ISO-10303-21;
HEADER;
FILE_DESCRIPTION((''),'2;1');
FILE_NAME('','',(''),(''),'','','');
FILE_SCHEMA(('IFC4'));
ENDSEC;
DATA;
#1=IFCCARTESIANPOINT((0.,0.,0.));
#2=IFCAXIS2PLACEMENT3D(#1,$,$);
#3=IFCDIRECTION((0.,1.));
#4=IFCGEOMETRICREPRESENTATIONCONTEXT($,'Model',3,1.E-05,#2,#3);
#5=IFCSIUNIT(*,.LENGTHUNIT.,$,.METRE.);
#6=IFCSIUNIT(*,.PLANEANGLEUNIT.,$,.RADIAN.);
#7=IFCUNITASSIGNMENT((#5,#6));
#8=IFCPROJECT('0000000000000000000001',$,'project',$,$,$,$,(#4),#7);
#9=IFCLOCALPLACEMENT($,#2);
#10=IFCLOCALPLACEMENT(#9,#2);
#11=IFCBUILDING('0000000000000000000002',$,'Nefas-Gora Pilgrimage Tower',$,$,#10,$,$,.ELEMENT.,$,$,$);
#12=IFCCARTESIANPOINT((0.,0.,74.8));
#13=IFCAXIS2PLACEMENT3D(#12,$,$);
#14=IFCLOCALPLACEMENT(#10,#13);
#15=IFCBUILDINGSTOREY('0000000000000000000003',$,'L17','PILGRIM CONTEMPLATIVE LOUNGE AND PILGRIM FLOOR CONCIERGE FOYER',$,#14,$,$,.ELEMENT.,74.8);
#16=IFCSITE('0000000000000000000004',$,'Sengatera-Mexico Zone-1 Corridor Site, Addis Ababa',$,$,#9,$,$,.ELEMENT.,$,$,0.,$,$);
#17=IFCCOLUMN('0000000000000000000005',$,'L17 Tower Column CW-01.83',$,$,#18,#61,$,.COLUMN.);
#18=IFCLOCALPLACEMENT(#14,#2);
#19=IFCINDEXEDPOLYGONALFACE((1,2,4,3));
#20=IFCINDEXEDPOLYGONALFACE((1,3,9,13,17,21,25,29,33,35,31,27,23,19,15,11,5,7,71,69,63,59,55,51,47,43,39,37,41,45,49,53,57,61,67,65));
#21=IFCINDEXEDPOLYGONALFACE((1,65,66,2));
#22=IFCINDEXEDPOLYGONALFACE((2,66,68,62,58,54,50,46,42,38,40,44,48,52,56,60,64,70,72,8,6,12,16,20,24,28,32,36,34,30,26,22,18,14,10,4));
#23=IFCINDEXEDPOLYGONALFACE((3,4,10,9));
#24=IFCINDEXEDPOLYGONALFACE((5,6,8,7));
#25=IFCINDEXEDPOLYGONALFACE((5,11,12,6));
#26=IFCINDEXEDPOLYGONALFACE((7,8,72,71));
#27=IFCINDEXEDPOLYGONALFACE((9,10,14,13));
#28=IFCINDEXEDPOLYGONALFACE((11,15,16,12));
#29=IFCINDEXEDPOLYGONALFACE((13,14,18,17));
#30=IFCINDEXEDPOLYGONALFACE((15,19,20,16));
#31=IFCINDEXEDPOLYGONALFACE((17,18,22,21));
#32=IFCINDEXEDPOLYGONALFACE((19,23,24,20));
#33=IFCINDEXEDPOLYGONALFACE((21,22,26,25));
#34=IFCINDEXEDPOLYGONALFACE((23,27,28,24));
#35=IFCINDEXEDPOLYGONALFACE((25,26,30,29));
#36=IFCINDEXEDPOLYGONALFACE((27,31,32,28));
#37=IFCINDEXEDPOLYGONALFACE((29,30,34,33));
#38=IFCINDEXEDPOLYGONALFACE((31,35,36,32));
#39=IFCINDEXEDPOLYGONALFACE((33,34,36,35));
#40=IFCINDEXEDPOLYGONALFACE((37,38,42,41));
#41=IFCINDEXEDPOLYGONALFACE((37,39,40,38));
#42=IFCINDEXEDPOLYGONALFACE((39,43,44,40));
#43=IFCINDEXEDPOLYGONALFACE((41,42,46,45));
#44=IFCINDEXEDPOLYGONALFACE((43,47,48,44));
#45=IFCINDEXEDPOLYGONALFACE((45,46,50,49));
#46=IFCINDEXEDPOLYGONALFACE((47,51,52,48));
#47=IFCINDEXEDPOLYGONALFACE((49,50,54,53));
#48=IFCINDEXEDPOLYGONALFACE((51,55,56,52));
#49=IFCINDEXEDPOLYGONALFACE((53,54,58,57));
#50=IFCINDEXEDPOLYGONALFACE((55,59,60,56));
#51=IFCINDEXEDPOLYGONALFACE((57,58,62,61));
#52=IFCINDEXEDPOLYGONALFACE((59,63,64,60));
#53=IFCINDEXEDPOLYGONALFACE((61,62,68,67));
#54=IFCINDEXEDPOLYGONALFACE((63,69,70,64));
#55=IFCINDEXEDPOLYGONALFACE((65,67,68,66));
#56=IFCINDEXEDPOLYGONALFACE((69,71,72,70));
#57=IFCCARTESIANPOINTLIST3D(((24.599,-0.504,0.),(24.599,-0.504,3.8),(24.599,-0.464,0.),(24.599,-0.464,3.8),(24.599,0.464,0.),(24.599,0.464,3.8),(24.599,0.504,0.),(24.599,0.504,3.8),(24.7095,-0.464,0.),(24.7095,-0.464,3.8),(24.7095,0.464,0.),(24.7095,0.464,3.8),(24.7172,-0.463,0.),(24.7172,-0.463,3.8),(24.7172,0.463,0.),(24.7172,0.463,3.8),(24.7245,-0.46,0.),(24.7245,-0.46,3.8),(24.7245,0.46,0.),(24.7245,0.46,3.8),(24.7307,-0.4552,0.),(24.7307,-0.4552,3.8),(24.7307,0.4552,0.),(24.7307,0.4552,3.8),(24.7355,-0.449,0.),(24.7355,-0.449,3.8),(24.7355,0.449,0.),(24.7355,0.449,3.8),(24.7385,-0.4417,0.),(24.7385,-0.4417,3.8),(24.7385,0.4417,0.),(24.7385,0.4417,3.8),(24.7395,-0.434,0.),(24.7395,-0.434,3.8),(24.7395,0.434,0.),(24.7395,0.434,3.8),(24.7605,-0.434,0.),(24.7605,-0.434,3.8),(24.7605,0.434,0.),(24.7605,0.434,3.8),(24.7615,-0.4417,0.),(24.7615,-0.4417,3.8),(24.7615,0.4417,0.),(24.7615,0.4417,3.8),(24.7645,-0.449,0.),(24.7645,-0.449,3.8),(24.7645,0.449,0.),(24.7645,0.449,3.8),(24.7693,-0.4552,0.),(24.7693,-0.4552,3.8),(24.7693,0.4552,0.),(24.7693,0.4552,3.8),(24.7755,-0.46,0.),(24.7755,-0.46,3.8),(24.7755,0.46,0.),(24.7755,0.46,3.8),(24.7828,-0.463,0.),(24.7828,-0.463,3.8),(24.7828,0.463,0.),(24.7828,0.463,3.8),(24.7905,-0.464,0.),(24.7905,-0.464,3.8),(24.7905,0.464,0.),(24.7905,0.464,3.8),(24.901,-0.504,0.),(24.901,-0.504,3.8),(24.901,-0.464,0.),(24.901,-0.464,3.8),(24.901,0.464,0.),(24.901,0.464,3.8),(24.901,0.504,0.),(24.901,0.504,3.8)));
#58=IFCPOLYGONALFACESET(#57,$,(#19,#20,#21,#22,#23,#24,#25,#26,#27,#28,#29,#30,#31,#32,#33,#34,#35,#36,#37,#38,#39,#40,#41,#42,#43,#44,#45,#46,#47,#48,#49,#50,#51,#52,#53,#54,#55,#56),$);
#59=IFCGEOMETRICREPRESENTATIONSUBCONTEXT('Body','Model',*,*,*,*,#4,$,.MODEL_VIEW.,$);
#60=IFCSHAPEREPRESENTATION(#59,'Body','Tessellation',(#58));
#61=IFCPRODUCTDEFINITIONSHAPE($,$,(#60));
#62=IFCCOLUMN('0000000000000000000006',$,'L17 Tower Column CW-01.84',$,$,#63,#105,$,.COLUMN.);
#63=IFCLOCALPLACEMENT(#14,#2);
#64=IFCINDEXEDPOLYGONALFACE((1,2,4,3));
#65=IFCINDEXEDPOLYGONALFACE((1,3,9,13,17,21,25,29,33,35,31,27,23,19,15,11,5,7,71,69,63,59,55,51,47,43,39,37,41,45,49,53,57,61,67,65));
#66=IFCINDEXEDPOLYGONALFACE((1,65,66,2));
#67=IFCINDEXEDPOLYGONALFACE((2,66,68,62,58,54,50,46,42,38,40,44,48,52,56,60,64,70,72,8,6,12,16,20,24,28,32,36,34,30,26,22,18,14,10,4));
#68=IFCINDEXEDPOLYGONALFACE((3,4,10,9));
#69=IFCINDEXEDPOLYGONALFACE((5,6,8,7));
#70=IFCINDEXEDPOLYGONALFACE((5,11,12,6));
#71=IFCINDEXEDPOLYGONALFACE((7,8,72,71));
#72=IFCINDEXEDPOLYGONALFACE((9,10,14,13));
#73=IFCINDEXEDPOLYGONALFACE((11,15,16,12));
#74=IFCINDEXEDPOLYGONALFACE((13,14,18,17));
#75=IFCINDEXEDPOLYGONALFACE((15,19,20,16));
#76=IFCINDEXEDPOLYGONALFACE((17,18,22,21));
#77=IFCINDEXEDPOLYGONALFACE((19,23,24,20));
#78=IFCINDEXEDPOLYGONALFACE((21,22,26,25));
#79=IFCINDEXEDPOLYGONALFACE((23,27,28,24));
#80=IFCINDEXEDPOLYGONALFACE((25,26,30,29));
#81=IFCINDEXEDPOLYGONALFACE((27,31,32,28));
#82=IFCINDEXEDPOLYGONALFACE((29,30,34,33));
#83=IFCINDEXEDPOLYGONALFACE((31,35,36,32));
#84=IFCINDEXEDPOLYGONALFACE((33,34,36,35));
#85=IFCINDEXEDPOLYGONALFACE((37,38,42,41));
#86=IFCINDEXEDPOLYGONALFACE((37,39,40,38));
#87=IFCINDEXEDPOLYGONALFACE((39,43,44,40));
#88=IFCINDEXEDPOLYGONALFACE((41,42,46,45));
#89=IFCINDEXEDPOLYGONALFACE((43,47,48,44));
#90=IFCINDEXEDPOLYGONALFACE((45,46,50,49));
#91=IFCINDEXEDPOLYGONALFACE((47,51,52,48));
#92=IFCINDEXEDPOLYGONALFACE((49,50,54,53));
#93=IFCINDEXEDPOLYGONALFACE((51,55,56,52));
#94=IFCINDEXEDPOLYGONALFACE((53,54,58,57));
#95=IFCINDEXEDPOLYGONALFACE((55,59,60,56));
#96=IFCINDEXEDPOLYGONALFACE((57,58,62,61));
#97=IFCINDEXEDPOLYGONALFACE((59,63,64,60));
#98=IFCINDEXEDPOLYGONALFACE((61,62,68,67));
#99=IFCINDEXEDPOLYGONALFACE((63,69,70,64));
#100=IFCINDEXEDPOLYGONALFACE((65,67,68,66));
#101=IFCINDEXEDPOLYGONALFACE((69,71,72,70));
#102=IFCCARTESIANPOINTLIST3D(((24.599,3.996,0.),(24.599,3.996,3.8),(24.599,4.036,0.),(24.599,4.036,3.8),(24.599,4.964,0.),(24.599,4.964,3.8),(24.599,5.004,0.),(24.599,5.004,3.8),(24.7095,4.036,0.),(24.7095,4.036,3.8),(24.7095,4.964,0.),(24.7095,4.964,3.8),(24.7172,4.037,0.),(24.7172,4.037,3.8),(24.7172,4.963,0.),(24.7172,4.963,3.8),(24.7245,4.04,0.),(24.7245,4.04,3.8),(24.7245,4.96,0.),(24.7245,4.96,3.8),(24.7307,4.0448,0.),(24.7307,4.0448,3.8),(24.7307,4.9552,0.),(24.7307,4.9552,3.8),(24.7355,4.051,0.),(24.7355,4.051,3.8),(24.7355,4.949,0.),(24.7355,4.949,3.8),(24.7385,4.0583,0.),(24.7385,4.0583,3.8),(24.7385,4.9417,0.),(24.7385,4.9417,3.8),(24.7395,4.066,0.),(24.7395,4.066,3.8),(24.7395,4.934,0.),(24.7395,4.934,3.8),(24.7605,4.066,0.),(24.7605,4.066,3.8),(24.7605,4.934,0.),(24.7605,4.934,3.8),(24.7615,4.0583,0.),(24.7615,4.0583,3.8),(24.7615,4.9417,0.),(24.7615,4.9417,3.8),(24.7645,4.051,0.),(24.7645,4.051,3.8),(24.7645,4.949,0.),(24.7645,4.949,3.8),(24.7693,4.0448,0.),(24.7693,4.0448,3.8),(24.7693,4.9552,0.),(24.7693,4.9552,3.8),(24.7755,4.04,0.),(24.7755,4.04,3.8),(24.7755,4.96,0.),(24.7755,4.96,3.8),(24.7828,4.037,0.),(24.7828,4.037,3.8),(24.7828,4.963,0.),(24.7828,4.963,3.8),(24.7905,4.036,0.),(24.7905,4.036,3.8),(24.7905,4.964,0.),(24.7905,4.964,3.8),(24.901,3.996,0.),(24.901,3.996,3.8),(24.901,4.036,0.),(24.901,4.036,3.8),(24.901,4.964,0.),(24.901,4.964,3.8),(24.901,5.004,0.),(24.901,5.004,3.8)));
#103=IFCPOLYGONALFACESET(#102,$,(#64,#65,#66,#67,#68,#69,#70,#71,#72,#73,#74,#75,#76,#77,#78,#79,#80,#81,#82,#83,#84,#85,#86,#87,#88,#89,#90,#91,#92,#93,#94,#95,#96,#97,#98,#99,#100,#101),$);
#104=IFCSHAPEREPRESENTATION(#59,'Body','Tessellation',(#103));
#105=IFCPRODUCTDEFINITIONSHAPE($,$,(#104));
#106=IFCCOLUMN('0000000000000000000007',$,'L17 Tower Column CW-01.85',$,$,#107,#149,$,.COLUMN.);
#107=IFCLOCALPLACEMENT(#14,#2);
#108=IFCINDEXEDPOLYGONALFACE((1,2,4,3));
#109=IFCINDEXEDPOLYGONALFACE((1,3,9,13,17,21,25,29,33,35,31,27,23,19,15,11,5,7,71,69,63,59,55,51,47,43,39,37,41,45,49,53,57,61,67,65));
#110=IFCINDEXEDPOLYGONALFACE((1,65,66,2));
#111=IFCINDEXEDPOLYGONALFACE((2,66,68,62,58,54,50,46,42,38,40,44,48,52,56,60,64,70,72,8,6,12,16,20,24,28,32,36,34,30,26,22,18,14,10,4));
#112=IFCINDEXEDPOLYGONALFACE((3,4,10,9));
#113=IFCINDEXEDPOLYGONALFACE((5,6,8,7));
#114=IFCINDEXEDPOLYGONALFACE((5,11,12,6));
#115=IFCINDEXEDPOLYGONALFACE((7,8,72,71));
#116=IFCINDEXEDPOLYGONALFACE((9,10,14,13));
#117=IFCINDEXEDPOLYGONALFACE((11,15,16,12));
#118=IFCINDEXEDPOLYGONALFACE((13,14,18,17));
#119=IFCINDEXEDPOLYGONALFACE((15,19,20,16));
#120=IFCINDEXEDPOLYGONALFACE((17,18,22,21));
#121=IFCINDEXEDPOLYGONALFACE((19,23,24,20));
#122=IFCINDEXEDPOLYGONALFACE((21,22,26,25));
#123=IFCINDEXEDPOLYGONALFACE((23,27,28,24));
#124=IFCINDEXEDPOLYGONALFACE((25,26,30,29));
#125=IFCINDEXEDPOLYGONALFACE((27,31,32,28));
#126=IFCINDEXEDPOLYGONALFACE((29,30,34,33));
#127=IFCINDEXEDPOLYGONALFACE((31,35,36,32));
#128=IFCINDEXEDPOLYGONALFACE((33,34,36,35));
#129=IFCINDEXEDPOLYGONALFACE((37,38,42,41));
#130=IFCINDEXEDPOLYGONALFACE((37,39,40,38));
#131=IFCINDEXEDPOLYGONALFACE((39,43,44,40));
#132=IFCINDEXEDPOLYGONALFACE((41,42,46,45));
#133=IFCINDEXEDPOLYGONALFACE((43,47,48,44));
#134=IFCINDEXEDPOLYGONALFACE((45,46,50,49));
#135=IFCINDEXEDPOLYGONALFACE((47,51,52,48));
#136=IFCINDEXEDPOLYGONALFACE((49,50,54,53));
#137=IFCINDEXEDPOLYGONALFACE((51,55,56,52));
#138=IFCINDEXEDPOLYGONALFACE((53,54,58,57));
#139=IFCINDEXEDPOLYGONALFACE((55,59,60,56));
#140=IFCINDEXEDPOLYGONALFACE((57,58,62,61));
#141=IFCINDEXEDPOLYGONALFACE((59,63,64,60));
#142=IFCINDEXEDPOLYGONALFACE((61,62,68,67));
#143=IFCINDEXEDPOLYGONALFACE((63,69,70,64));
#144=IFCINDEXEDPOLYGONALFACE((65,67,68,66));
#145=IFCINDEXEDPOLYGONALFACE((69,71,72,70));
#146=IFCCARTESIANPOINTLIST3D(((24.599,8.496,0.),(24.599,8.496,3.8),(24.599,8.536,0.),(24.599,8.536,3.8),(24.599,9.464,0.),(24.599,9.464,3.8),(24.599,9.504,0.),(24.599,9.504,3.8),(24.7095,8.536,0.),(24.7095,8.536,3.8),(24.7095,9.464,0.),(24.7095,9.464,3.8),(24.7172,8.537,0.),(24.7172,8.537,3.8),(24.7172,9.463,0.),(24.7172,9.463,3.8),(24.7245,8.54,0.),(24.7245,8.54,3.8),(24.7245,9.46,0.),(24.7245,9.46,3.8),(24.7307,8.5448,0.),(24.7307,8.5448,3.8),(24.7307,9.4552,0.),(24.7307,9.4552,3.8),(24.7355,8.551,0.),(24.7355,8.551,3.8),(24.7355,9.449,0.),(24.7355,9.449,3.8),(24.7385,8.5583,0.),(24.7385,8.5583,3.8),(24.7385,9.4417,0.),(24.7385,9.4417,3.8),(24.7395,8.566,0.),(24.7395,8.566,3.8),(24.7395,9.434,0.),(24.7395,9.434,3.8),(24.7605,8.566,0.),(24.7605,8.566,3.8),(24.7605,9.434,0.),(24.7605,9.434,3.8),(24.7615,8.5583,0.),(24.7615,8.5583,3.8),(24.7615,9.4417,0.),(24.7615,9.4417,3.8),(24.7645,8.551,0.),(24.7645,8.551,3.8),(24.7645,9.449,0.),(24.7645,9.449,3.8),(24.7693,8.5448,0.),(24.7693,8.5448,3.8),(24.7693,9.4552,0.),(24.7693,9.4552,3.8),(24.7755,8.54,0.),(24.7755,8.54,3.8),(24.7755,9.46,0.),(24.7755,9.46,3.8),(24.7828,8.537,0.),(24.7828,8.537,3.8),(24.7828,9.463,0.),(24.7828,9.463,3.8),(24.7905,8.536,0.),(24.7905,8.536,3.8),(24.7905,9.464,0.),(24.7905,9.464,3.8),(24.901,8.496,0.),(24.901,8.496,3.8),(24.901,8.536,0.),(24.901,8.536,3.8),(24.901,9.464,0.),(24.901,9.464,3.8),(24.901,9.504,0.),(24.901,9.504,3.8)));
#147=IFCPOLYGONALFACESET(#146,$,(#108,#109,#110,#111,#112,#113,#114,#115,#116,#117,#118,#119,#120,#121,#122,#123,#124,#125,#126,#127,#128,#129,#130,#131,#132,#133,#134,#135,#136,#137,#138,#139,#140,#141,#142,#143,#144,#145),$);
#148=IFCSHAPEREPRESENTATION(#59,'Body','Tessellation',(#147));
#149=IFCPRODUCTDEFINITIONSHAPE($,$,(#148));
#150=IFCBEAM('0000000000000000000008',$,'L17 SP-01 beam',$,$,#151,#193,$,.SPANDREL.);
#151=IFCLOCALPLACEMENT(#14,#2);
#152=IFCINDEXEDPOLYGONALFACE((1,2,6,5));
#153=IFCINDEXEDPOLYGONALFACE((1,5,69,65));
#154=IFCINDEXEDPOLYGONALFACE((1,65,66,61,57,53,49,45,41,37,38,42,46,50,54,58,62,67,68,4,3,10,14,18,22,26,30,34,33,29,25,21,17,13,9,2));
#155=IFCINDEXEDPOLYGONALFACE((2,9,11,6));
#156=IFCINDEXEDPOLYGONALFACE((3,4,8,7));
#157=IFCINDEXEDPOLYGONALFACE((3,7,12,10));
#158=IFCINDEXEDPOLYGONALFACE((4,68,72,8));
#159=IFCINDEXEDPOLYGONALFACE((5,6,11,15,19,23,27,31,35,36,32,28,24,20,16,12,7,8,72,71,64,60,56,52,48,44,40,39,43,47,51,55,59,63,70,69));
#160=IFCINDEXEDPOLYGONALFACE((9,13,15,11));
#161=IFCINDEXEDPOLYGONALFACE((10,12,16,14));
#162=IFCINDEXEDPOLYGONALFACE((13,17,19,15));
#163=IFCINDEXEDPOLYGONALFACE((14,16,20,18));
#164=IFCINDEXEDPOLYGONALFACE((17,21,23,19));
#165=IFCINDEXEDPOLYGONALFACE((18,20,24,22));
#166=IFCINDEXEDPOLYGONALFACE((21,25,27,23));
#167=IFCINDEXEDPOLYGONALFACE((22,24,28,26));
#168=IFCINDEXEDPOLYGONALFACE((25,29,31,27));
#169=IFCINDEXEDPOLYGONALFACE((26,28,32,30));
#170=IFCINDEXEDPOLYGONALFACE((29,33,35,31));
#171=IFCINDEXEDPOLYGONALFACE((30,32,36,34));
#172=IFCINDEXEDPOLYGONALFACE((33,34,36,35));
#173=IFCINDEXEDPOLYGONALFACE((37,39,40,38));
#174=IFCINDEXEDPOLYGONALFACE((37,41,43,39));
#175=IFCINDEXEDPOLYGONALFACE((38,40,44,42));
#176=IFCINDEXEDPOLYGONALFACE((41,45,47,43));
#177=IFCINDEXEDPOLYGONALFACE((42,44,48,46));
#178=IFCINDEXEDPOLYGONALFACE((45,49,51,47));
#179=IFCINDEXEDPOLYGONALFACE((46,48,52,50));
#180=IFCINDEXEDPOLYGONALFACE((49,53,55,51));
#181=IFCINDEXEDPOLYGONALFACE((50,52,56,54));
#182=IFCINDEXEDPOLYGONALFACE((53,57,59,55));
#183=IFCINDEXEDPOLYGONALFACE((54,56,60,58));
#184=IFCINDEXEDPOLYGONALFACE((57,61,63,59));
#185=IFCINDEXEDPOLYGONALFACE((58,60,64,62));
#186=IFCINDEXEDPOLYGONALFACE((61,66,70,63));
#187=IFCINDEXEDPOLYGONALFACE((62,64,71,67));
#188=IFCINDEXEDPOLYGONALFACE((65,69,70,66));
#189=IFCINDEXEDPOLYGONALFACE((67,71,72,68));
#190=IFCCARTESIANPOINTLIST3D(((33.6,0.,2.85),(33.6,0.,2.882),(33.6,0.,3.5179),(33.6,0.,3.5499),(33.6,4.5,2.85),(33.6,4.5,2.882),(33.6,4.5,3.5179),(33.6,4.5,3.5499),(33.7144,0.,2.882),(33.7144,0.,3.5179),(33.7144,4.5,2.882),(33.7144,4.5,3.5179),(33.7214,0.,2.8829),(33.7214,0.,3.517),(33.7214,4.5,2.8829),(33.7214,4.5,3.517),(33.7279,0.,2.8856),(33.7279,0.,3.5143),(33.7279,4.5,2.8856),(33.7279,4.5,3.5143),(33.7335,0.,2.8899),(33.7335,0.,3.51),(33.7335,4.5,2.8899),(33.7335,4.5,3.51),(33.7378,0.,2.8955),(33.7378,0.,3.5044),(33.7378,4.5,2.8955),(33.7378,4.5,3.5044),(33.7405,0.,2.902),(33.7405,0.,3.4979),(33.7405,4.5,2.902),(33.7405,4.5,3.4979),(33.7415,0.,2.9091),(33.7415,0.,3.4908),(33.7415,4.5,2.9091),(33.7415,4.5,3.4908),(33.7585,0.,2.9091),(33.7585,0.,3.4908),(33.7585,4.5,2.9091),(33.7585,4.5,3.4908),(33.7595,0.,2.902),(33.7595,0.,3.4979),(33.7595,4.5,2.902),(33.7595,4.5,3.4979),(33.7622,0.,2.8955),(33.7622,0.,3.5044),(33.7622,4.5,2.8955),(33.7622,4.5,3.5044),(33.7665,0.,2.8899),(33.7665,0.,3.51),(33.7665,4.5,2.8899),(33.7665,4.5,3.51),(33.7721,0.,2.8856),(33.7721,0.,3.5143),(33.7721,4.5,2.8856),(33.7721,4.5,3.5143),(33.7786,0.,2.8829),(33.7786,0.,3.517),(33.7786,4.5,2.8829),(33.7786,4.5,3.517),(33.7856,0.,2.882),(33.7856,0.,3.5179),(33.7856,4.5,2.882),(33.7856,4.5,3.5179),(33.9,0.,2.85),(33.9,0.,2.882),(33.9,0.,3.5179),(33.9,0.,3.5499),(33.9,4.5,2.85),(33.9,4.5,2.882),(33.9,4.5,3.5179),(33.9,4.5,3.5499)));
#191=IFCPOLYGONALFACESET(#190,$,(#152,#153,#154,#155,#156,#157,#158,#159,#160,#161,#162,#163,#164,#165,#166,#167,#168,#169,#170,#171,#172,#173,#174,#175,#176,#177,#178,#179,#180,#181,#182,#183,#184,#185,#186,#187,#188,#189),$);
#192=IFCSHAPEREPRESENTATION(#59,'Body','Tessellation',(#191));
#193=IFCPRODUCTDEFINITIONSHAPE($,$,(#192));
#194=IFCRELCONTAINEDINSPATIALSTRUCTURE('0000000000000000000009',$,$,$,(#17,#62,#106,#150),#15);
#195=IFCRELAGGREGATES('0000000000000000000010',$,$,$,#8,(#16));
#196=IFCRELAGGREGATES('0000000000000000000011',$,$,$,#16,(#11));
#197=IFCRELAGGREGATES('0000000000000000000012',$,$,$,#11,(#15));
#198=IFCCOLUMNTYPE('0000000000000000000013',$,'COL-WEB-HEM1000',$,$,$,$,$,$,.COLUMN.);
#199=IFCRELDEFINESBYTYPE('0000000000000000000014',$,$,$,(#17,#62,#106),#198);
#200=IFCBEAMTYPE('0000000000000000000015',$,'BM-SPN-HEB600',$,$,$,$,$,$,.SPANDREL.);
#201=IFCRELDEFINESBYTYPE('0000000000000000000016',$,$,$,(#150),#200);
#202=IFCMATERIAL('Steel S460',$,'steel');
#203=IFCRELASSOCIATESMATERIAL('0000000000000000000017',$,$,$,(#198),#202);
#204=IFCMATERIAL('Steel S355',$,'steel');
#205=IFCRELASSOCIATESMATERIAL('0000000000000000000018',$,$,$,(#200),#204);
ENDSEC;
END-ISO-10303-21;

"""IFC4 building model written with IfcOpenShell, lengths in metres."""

from ifc_helpers import new_model, si_unit, direction, frame, origin, origin_2d, place, context, subcontext, project, spatial, i_section, extrude, source, transform, mapped, material, material_profile, profile_set, type_object, element, save


model = new_model("IFC4")

# Units and contexts
model_context = context("Model", 3, precision=1e-05, world=origin(), true_north=direction((0.0, 1.0)))
body_context = subcontext(model_context, "Body", "Model", "MODEL_VIEW")
ifc_project = project(units=[si_unit("LENGTHUNIT", "METRE"), si_unit("PLANEANGLEUNIT", "RADIAN")], contexts=[model_context])

# Site, building, storey
site_placement = place(None, origin())
site = spatial("IfcSite", under=ifc_project, at=site_placement, Name="Sengatera-Mexico Zone-1 Corridor Site, Addis Ababa", CompositionType="ELEMENT", RefElevation=0.0)
building_placement = place(site_placement, origin())
building = spatial("IfcBuilding", under=site, at=building_placement, Name="Nefas-Gora Pilgrimage Tower", CompositionType="ELEMENT")
storey_placement = place(building_placement, frame((0.0, 0.0, 74.8)))
storey = spatial("IfcBuildingStorey", under=building, at=storey_placement, Name="L17", Description="PILGRIM CONTEMPLATIVE LOUNGE AND PILGRIM FLOOR CONCIERGE FOYER", CompositionType="ELEMENT", Elevation=74.8)

# Columns
ifc_material_1 = material(Name="Steel S460", Category="steel")
ifc_material_profile_1 = material_profile(ifc_material_1, i_section(OverallWidth=0.302, OverallDepth=1.0081, WebThickness=0.021, FlangeThickness=0.04, FilletRadius=0.03, at=origin_2d()), Name="HEM 1000")
ifc_profile_set_1 = profile_set([ifc_material_profile_1], Name="Steel S460")
column_type_1 = type_object("IfcColumnType", Name="COL-WEB-HEM1000", PredefinedType="COLUMN", material=ifc_profile_set_1)
shared_shape_1 = source(origin(), body_context, "Body", "SweptSolid", [
    extrude(i_section(OverallWidth=0.302, OverallDepth=1.0081, WebThickness=0.021, FlangeThickness=0.04, FilletRadius=0.03, at=origin_2d()), origin(), (0.0, 0.0, 1.0), 3.8),
])
for number, where, z_axis, x_axis, name in (
    (1, (24.75, 0.0, 0.0), (0.0, 0.0, 1.0), (1.0, 0.0, 0.0), "L17 Tower Column CW-01.83"),
    (2, (24.75, 4.5, 0.0), (0.0, 0.0, 1.0), (1.0, 0.0, 0.0), "L17 Tower Column CW-01.84"),
    (3, (24.75, 9.0, 0.0), (0.0, 0.0, 1.0), (1.0, 0.0, 0.0), "L17 Tower Column CW-01.85"),
):
    element("IfcColumn", number, at=place(storey_placement, frame(where, z_axis=z_axis, x_axis=x_axis)), inside=storey, type_object=column_type_1, Name=name, PredefinedType="COLUMN", context=body_context, shape_type="MappedRepresentation", body=[
        mapped(shared_shape_1, transform((0.0, 0.0, 0.0), x_axis=(1.0, 0.0, 0.0), y_axis=(0.0, 1.0, 0.0), z_axis=(0.0, 0.0, 1.0), scale=1.0)),
    ])

# Beam
ifc_material_2 = material(Name="Steel S355", Category="steel")
ifc_material_profile_2 = material_profile(ifc_material_2, i_section(OverallWidth=0.3, OverallDepth=0.7, WebThickness=0.0171, FlangeThickness=0.032, FilletRadius=0.0271, at=origin_2d()), Name="HEB 700")
ifc_profile_set_2 = profile_set([ifc_material_profile_2], Name="Steel S355")
beam_type_1 = type_object("IfcBeamType", Name="BM-SPN-HEB600", PredefinedType="SPANDREL", material=ifc_profile_set_2)
shared_shape_2 = source(origin(), body_context, "Body", "SweptSolid", [
    extrude(i_section(OverallWidth=0.3, OverallDepth=0.7, WebThickness=0.0171, FlangeThickness=0.032, FilletRadius=0.0271, at=origin_2d()), origin(), (0.0, 0.0, 1.0), 4.5),
])
for number, where, z_axis, x_axis, name in (
    (4, (33.75, 0.0, 3.2), (0.0, 1.0, 0.0), (-1.0, 0.0, 0.0), "L17 SP-01 beam"),
):
    element("IfcBeam", number, at=place(storey_placement, frame(where, z_axis=z_axis, x_axis=x_axis)), inside=storey, type_object=beam_type_1, Name=name, PredefinedType="SPANDREL", context=body_context, shape_type="MappedRepresentation", body=[
        mapped(shared_shape_2, transform((0.0, 0.0, 0.0), x_axis=(1.0, 0.0, 0.0), y_axis=(0.0, 1.0, 0.0), z_axis=(0.0, 0.0, 1.0), scale=1.0)),
    ])

save(model, "model.ifc")
